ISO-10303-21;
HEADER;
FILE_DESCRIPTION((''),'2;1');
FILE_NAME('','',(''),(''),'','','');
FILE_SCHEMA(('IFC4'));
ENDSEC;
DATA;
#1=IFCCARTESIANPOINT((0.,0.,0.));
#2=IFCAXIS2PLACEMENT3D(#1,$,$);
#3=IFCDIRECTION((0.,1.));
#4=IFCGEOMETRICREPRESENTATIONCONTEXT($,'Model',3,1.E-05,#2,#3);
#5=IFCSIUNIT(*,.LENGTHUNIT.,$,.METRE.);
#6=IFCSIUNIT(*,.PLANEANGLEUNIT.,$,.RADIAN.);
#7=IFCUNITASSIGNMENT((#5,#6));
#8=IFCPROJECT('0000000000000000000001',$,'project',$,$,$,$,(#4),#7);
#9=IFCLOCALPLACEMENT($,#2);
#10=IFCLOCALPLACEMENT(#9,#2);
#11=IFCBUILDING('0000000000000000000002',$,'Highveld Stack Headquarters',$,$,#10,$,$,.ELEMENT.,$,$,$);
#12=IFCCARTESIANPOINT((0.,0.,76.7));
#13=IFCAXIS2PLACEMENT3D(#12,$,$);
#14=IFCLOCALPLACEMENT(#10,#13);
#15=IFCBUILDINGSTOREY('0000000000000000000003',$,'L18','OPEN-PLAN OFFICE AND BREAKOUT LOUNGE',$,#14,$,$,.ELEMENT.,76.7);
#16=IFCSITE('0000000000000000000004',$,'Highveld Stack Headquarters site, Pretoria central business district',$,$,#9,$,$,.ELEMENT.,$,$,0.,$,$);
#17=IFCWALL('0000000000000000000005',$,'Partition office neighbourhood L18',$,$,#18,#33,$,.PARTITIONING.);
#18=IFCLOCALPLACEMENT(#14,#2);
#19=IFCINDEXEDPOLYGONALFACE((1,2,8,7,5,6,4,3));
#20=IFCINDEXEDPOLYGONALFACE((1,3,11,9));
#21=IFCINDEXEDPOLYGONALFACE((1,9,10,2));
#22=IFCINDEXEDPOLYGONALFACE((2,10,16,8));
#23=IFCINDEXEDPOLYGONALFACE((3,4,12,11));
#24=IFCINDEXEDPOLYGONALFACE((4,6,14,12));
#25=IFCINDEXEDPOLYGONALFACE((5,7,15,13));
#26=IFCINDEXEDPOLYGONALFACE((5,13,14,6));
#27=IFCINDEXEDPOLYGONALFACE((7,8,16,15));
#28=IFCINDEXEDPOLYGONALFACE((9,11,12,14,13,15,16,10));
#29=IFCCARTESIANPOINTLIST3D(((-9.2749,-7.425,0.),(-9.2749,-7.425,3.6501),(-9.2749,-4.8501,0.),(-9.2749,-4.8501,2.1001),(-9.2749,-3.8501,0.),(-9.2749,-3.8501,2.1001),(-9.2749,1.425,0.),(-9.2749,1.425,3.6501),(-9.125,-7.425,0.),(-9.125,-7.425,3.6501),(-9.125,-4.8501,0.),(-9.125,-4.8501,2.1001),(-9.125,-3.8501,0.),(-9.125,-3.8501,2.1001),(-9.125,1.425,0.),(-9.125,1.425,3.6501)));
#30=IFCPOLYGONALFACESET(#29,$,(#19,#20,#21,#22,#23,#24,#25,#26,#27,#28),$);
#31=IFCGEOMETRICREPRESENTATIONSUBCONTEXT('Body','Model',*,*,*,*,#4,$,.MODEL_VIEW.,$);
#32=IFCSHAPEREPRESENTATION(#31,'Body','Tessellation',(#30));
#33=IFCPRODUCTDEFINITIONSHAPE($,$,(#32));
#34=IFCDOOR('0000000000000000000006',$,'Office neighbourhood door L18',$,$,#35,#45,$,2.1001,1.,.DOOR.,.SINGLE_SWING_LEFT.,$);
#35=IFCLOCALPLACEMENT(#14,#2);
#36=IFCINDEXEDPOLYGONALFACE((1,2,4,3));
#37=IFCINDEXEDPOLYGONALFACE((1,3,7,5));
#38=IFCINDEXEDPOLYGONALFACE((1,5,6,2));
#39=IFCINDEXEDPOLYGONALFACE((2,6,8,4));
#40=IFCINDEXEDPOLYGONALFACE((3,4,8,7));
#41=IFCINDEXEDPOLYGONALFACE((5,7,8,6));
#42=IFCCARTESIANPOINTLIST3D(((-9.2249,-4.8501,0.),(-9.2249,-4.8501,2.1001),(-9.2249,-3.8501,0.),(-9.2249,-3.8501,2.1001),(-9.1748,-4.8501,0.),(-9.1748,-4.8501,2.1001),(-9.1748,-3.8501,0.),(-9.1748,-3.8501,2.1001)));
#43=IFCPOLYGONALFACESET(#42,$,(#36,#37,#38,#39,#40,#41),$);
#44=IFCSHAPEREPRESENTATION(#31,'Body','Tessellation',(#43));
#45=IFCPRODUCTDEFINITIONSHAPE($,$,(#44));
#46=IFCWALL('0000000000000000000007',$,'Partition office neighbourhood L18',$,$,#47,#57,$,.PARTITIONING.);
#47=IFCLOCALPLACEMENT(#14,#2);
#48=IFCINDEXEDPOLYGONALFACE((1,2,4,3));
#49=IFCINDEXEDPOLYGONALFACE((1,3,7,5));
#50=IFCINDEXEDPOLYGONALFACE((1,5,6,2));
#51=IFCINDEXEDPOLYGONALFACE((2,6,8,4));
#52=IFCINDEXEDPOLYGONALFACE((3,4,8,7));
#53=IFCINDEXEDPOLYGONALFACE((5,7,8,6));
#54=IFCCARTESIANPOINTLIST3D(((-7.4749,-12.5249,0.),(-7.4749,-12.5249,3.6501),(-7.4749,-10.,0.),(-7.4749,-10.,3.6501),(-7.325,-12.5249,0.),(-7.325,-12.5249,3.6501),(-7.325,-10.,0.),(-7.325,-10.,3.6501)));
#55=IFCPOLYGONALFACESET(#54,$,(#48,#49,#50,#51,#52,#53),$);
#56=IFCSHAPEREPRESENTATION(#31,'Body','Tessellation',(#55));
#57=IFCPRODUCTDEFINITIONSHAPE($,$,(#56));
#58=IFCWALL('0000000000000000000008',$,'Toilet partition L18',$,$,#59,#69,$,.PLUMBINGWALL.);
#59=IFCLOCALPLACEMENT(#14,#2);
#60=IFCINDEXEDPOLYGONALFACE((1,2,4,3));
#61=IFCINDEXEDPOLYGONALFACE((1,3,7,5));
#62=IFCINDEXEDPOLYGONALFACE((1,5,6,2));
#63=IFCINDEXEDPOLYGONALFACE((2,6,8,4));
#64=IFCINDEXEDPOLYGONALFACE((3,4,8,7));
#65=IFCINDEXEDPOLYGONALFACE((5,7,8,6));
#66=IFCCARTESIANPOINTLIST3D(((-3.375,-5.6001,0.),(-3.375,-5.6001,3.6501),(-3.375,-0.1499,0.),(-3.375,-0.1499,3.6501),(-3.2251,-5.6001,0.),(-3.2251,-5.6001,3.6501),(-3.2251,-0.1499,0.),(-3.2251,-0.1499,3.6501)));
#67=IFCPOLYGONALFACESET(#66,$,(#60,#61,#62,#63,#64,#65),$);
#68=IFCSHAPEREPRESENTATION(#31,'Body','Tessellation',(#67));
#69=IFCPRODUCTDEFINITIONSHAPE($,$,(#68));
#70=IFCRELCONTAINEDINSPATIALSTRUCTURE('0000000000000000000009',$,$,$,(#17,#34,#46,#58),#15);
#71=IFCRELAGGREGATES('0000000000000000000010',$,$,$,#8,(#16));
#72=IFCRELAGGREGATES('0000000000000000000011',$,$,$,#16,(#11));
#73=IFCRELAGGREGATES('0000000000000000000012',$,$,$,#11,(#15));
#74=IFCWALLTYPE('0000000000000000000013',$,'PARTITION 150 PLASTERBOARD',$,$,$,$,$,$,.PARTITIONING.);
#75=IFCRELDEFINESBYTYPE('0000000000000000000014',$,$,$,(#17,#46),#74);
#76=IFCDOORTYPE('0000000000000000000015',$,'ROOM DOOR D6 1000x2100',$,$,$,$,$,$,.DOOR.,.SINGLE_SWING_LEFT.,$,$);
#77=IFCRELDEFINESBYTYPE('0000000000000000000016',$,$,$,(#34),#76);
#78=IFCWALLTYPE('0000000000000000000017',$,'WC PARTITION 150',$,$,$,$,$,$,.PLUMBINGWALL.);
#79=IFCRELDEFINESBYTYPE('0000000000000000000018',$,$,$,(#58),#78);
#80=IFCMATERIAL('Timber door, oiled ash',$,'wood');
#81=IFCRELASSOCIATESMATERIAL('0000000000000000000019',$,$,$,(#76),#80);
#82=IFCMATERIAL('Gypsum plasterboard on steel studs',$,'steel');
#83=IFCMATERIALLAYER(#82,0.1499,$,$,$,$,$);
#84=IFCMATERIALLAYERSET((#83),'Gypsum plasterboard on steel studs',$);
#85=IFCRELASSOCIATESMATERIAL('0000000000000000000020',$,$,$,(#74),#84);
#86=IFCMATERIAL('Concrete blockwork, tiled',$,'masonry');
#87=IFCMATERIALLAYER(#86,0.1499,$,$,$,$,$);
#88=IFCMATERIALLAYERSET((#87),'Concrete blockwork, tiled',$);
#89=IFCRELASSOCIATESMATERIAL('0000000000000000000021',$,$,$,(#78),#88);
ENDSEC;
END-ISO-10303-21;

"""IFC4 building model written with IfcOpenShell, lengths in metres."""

from ifc_helpers import new_model, si_unit, direction, frame, frame_2d, origin, place, context, subcontext, project, spatial, rectangle, extrude, material, layer, layer_set, type_object, element, fill, save


model = new_model("IFC4")

# Units and contexts
model_context = context("Model", 3, precision=1e-05, world=origin(), true_north=direction((0.0, 1.0)))
body_context = subcontext(model_context, "Body", "Model", "MODEL_VIEW")
ifc_project = project(units=[si_unit("LENGTHUNIT", "METRE"), si_unit("PLANEANGLEUNIT", "RADIAN")], contexts=[model_context])

# Site, building, storey
site_placement = place(None, origin())
site = spatial("IfcSite", under=ifc_project, at=site_placement, Name="Highveld Stack Headquarters site, Pretoria central business district", CompositionType="ELEMENT", RefElevation=0.0)
building_placement = place(site_placement, origin())
building = spatial("IfcBuilding", under=site, at=building_placement, Name="Highveld Stack Headquarters", CompositionType="ELEMENT")
storey_placement = place(building_placement, frame((0.0, 0.0, 76.7)))
storey = spatial("IfcBuildingStorey", under=building, at=storey_placement, Name="L18", Description="OPEN-PLAN OFFICE AND BREAKOUT LOUNGE", CompositionType="ELEMENT", Elevation=76.7)

# Shared definitions
ifc_material_1 = material(Name="Timber door, oiled ash", Category="wood")
door_type_1 = type_object("IfcDoorType", Name="ROOM DOOR D6 1000x2100", OperationType="SINGLE_SWING_LEFT", PredefinedType="DOOR", material=ifc_material_1)

# Wall, opening, door
ifc_material_2 = material(Name="Gypsum plasterboard on steel studs", Category="steel")
ifc_layer_1 = layer(ifc_material_2, 0.1499)
ifc_layer_set_1 = layer_set([ifc_layer_1], Name="Gypsum plasterboard on steel studs")
wall_type_1 = type_object("IfcWallType", Name="PARTITION 150 PLASTERBOARD", PredefinedType="PARTITIONING", material=ifc_layer_set_1)
wall_1_placement = place(storey_placement, frame((-9.2, -7.425, 0.0), z_axis=(0.0, 0.0, 1.0), x_axis=(0.0, 1.0, 0.0)))
wall_1 = element("IfcWall", 1, at=wall_1_placement, inside=storey, type_object=wall_type_1, Name="Partition office neighbourhood L18", PredefinedType="PARTITIONING", context=body_context, shape_type="SweptSolid", body=[
    extrude(rectangle(XDim=8.8501, YDim=0.1499, at=frame_2d((4.425, 0.0))), origin(), (0.0, 0.0, 1.0), 3.6501),
])
opening_1_placement = place(wall_1_placement, frame((2.575, 0.0, 0.0)))
opening_1 = element("IfcOpeningElement", 2, at=opening_1_placement, cuts=wall_1, PredefinedType="OPENING", context=body_context, shape_type="SweptSolid", body=[
    extrude(rectangle(XDim=1.0, YDim=2.1001, at=frame_2d((0.5, 1.05))), frame((0.0, 0.085, 0.0), z_axis=(0.0, -1.0, 0.0), x_axis=(1.0, 0.0, 0.0)), (0.0, 0.0, 1.0), 0.1699),
])
door_1_placement = place(opening_1_placement, origin())
door_1 = element("IfcDoor", 3, at=door_1_placement, inside=storey, type_object=door_type_1, Name="Office neighbourhood door L18", OperationType="SINGLE_SWING_LEFT", OverallHeight=2.1001, OverallWidth=1.0, PredefinedType="DOOR", context=body_context, shape_type="SweptSolid", body=[
    extrude(rectangle(XDim=1.0, YDim=2.1001, at=frame_2d((0.5, 1.05))), frame((0.0, 0.0249, 0.0), z_axis=(0.0, -1.0, 0.0), x_axis=(1.0, 0.0, 0.0)), (0.0, 0.0, 1.0), 0.05),
])
fill(opening_1, door_1)

# Walls
wall_2_placement = place(storey_placement, frame((-7.3999, -12.5249, 0.0), z_axis=(0.0, 0.0, 1.0), x_axis=(0.0, 1.0, 0.0)))
element("IfcWall", 4, at=wall_2_placement, inside=storey, type_object=wall_type_1, Name="Partition office neighbourhood L18", PredefinedType="PARTITIONING", context=body_context, shape_type="SweptSolid", body=[
    extrude(rectangle(XDim=2.5249, YDim=0.1499, at=frame_2d((1.2625, 0.0))), origin(), (0.0, 0.0, 1.0), 3.6501),
])
ifc_material_3 = material(Name="Concrete blockwork, tiled", Category="masonry")
ifc_layer_2 = layer(ifc_material_3, 0.1499)
ifc_layer_set_2 = layer_set([ifc_layer_2], Name="Concrete blockwork, tiled")
wall_type_2 = type_object("IfcWallType", Name="WC PARTITION 150", PredefinedType="PLUMBINGWALL", material=ifc_layer_set_2)
wall_3_placement = place(storey_placement, frame((-3.3, -5.6001, 0.0), z_axis=(0.0, 0.0, 1.0), x_axis=(0.0, 1.0, 0.0)))
element("IfcWall", 5, at=wall_3_placement, inside=storey, type_object=wall_type_2, Name="Toilet partition L18", PredefinedType="PLUMBINGWALL", context=body_context, shape_type="SweptSolid", body=[
    extrude(rectangle(XDim=5.4502, YDim=0.1499, at=frame_2d((2.7251, 0.0))), origin(), (0.0, 0.0, 1.0), 3.6501),
])

save(model, "model.ifc")
